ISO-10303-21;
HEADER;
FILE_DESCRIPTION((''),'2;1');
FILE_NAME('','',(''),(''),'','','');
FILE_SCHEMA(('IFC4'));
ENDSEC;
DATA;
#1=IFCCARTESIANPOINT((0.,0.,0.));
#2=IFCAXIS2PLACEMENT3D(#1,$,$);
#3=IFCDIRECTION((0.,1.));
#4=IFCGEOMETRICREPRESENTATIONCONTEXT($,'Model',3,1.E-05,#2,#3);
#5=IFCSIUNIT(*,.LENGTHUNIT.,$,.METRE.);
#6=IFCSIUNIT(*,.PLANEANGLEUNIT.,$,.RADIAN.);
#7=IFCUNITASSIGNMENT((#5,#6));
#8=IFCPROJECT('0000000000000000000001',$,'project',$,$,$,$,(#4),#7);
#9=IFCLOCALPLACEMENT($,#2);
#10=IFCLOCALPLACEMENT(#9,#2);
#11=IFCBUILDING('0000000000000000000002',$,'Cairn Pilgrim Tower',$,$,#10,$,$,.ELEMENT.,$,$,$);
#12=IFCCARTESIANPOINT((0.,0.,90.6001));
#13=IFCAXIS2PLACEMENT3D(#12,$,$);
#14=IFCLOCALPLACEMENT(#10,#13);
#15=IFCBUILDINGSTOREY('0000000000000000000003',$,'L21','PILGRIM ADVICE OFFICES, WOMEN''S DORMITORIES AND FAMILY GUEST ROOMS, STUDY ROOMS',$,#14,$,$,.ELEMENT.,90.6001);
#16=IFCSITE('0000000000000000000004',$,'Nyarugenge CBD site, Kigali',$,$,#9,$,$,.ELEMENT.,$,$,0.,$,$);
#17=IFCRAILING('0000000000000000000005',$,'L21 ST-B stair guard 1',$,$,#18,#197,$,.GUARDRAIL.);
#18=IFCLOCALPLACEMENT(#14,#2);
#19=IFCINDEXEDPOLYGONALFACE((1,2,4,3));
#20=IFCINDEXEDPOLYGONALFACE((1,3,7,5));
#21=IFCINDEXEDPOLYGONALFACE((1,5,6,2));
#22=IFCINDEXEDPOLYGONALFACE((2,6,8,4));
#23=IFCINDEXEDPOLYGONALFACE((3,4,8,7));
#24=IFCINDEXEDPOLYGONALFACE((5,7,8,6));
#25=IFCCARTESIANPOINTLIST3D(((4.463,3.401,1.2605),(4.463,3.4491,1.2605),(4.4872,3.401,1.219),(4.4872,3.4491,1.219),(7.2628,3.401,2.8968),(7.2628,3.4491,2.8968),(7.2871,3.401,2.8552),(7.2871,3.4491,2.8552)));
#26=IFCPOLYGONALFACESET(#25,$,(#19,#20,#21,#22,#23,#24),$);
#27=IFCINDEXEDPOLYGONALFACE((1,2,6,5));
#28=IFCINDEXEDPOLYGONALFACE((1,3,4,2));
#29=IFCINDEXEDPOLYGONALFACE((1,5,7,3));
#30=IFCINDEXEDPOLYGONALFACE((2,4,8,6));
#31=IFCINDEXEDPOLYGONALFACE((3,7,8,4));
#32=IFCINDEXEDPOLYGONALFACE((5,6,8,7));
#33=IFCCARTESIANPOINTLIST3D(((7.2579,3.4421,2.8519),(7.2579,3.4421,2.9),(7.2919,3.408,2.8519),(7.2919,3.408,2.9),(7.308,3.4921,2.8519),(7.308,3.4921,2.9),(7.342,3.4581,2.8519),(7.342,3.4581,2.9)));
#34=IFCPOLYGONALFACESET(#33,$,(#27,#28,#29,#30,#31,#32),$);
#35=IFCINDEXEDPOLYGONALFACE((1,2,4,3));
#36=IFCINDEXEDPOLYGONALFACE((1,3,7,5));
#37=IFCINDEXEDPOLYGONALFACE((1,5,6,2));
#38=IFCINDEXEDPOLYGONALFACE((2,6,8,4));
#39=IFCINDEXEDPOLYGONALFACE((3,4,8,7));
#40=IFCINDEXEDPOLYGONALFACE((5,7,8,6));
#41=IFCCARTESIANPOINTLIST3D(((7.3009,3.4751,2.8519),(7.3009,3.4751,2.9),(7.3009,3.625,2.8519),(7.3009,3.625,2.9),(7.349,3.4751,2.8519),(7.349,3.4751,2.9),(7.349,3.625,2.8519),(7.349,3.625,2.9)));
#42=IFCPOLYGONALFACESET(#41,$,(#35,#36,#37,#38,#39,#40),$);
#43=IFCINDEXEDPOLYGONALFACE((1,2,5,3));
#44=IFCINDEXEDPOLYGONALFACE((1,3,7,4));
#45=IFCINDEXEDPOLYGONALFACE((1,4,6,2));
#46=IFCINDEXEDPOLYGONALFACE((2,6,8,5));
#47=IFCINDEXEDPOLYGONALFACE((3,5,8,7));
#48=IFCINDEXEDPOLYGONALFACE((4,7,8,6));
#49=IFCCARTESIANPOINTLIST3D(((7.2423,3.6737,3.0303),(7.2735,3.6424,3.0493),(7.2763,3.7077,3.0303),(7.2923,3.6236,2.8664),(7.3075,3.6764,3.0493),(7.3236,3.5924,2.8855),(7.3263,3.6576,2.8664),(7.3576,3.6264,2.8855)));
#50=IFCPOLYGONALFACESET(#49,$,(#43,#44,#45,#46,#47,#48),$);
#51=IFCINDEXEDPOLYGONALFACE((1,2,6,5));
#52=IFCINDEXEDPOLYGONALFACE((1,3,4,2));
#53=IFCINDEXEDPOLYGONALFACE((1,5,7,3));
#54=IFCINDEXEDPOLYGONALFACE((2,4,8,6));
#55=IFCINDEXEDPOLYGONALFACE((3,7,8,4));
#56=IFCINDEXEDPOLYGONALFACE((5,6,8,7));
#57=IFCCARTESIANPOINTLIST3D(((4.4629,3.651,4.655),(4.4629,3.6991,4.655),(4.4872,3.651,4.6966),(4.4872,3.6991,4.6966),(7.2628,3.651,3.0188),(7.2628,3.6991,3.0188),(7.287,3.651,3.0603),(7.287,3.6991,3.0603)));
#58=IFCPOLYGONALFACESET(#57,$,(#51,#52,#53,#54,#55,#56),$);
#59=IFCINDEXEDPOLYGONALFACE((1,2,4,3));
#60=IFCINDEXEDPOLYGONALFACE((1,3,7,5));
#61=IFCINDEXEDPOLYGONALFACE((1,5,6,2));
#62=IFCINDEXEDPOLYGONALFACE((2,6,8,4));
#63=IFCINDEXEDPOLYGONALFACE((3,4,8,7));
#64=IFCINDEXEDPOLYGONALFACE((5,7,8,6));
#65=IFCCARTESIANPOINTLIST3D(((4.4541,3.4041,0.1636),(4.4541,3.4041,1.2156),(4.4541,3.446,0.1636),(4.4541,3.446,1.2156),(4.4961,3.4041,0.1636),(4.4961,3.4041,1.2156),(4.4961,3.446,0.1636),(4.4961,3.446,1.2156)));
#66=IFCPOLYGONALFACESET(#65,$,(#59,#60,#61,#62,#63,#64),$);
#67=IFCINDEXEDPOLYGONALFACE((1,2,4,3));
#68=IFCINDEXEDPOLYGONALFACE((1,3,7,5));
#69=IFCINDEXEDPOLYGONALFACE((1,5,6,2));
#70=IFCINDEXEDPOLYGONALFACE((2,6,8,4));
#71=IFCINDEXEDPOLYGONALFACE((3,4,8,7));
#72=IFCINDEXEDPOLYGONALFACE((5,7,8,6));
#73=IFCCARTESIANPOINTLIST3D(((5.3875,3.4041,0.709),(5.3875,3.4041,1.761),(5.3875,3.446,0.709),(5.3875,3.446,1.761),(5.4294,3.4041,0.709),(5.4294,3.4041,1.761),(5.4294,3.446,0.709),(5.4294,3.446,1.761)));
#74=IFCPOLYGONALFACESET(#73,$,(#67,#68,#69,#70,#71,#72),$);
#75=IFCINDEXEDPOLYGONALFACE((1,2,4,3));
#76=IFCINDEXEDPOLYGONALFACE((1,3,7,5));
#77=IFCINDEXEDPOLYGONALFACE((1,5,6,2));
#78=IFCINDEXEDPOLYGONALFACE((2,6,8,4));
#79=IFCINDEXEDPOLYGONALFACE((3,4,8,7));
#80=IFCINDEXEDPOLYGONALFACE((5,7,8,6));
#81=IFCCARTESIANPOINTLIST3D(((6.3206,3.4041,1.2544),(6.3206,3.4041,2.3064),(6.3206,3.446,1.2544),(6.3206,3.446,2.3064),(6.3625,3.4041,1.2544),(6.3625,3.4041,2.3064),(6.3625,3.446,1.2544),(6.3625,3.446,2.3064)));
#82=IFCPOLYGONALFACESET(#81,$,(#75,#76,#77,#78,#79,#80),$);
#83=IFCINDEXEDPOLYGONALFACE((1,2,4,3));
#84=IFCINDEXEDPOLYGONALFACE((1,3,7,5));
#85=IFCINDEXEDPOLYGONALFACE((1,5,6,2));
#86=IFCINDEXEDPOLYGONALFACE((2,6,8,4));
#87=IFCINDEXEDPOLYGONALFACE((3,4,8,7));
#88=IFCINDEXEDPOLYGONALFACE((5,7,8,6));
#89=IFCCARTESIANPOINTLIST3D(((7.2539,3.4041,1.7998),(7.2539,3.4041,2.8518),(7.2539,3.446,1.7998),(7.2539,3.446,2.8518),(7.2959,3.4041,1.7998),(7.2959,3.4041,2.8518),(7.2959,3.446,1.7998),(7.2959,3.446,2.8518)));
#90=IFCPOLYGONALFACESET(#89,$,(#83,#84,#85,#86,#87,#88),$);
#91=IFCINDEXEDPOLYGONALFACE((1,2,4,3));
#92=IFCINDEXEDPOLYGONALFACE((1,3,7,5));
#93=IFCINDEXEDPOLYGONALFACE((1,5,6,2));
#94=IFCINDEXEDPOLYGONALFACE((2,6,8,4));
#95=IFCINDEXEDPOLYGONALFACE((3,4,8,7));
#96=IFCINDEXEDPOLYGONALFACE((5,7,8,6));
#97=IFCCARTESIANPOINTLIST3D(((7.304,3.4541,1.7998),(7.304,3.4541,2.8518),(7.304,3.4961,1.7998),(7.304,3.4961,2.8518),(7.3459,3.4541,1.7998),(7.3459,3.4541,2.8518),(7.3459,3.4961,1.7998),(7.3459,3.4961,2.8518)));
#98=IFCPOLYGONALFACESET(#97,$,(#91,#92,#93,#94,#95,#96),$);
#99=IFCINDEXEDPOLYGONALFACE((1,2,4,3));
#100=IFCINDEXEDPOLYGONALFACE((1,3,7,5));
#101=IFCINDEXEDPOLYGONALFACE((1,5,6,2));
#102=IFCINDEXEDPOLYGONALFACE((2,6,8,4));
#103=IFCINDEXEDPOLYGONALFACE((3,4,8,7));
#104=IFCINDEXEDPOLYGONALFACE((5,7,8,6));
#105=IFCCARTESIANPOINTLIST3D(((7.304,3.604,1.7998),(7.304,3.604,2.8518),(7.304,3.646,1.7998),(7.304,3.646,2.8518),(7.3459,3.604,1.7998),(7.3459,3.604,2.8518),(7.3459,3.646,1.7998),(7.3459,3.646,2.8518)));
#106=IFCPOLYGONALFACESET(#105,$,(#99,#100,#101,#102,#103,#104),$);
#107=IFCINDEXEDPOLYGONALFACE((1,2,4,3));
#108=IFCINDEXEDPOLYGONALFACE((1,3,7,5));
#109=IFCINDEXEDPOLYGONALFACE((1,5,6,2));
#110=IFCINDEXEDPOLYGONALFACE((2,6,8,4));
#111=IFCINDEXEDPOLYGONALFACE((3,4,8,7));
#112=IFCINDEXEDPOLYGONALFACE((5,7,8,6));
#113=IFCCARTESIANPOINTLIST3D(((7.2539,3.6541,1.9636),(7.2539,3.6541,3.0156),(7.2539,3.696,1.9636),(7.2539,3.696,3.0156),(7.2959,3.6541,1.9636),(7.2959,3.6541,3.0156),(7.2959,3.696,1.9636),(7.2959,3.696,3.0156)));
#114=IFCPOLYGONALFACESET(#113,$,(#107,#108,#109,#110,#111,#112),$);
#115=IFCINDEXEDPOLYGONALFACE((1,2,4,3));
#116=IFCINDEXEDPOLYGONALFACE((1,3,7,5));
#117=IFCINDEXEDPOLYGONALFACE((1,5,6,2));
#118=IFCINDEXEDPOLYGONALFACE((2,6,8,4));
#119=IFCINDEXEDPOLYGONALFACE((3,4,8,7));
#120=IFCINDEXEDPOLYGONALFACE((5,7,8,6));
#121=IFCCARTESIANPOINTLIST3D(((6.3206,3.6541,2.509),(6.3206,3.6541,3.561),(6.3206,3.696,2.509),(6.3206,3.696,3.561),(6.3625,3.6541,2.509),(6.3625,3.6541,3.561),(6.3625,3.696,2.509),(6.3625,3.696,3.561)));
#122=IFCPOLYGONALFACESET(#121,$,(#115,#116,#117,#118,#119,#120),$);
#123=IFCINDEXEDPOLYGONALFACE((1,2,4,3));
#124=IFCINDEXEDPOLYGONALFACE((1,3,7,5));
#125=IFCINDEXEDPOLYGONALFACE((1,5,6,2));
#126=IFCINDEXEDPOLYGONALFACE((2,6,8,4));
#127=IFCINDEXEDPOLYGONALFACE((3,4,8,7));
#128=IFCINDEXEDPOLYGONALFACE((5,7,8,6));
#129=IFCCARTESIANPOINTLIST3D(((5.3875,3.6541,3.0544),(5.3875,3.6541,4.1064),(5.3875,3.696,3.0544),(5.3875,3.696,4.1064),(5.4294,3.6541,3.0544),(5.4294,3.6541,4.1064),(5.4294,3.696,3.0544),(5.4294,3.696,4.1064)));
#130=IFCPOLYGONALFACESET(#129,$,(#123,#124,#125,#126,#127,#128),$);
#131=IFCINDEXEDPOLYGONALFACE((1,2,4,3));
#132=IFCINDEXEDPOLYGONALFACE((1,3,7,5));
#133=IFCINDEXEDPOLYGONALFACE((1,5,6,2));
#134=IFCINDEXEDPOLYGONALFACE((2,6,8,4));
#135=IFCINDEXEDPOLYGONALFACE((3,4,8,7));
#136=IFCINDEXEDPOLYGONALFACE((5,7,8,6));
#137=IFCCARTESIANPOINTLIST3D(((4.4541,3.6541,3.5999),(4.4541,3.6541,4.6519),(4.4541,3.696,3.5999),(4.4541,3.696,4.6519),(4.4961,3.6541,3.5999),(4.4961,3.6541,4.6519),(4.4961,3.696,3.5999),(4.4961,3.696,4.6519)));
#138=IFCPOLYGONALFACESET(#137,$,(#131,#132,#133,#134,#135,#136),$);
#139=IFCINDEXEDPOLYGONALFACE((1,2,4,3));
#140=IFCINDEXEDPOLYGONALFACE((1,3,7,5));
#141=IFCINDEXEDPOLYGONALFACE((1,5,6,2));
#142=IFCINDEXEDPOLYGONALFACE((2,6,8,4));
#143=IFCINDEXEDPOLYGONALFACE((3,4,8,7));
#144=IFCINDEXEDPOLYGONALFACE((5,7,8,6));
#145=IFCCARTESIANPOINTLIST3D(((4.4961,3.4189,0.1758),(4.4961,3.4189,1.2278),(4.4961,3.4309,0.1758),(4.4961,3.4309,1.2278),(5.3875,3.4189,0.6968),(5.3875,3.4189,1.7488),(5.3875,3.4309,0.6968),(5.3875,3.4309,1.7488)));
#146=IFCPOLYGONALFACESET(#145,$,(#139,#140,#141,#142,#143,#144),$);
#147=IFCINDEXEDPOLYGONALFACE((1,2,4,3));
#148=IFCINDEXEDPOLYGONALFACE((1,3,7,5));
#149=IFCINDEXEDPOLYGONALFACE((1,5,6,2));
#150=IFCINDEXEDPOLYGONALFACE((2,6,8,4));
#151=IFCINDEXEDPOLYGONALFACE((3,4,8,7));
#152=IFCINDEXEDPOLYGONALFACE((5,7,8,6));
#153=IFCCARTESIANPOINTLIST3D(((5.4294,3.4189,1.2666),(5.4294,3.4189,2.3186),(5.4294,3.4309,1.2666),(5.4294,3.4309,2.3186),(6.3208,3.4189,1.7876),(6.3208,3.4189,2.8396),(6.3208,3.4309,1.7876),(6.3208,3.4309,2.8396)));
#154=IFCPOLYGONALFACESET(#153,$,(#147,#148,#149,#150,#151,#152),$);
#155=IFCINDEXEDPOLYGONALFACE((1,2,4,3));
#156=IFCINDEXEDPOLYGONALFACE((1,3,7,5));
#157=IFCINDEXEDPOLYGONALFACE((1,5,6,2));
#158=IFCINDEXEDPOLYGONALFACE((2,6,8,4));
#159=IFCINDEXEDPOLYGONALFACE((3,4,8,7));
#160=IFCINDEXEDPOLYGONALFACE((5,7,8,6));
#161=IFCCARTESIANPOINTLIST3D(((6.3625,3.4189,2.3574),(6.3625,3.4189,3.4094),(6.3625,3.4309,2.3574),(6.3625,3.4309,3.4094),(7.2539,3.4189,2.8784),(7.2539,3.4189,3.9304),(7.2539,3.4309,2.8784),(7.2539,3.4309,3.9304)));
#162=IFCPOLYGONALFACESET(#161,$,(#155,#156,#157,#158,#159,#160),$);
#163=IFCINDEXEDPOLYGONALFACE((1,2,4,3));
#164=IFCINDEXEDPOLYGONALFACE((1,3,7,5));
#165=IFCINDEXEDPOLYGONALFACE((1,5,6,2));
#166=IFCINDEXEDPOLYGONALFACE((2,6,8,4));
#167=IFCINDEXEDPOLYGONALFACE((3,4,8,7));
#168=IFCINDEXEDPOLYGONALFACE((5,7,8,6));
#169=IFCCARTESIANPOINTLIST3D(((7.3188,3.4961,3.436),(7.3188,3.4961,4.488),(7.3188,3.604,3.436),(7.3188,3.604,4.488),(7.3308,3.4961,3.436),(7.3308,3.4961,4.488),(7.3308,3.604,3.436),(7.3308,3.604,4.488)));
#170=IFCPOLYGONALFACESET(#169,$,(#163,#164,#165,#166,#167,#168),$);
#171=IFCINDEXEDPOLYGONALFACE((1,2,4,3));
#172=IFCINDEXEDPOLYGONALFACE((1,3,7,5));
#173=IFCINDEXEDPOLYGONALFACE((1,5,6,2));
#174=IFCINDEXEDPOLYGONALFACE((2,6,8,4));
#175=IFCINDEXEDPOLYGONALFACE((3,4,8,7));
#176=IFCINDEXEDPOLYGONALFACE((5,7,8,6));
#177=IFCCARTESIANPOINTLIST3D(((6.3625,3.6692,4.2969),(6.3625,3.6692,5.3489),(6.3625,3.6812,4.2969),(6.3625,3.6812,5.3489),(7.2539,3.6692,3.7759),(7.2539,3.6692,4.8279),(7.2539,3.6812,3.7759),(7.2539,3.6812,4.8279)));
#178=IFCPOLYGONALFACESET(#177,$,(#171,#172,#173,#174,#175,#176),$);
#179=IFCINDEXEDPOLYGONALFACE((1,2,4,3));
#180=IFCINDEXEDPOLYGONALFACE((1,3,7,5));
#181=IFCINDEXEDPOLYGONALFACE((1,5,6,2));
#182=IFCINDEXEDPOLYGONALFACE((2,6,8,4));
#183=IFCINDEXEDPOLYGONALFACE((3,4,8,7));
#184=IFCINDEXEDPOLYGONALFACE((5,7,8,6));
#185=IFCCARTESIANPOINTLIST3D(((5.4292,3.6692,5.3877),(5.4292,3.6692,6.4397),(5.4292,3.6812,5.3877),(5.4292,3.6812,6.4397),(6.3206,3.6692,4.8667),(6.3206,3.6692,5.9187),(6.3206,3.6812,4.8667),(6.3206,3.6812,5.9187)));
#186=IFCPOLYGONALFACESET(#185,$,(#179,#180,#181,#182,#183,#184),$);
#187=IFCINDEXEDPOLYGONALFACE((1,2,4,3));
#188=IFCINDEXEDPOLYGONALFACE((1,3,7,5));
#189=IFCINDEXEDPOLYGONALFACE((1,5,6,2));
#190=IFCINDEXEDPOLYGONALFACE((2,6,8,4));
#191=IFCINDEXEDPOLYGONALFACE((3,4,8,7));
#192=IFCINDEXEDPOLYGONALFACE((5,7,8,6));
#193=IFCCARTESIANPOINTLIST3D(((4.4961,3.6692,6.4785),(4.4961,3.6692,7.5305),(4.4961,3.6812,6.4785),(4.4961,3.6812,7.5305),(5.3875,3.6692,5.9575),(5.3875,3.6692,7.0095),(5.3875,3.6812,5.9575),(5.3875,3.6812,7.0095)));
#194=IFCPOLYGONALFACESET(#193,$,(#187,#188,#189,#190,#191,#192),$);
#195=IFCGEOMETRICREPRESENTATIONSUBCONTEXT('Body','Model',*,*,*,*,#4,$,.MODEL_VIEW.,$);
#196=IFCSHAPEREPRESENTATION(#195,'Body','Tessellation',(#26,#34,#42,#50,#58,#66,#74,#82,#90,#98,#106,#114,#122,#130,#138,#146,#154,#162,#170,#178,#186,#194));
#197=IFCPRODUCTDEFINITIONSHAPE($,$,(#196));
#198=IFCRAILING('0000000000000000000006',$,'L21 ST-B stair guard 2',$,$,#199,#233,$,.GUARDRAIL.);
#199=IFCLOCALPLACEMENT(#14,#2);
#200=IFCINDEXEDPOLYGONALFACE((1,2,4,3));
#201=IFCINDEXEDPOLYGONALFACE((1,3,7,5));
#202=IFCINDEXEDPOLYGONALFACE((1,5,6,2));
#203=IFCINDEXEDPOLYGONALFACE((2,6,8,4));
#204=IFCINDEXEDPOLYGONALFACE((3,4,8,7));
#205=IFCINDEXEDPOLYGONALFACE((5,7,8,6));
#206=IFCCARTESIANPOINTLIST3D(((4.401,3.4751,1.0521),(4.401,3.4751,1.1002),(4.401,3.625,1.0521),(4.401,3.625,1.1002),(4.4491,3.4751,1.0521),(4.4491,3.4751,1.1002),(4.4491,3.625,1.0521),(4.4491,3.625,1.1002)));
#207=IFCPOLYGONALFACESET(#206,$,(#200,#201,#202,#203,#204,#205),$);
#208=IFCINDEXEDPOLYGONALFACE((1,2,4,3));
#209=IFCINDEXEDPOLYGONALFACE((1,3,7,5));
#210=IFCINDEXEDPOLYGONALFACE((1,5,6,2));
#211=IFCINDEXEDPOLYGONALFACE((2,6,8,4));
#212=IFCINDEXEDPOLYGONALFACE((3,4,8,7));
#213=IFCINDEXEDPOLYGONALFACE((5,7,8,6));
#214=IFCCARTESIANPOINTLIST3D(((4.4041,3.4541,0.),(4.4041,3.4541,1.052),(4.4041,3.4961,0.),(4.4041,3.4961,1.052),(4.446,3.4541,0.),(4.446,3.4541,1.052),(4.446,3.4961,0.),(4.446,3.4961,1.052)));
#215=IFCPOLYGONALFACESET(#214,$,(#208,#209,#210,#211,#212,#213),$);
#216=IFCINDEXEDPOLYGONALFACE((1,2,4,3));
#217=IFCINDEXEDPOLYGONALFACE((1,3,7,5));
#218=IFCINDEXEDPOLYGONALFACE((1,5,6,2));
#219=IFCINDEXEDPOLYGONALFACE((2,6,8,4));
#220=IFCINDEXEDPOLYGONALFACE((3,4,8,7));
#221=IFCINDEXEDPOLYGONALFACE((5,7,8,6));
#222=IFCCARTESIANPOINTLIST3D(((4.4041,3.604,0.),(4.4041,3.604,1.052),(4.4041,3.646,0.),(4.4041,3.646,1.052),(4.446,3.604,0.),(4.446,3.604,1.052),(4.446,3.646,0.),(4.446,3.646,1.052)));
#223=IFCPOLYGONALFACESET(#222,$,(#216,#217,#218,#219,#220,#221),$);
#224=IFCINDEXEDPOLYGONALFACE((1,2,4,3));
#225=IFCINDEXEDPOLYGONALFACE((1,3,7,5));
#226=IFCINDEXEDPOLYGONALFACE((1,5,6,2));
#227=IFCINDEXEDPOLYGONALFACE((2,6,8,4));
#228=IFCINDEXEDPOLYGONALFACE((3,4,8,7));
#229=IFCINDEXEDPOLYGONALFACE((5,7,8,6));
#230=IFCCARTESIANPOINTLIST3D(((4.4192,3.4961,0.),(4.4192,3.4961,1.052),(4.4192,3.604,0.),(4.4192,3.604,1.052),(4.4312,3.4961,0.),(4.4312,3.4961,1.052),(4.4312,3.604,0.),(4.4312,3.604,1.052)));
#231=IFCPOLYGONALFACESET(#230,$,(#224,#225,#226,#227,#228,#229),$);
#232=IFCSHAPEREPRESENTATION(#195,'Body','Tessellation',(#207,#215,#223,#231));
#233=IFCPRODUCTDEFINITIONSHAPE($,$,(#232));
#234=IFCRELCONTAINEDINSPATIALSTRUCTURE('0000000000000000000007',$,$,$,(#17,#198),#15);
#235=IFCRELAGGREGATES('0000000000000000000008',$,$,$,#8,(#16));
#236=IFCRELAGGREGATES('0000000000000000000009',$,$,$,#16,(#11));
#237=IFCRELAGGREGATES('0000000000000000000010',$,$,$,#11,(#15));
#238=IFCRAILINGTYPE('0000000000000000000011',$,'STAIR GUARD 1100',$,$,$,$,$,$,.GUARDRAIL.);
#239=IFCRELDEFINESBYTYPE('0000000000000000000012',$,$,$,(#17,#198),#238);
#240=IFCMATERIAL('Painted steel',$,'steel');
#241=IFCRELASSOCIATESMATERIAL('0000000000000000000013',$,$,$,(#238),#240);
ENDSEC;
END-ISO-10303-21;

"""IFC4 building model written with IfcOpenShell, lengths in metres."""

from ifc_helpers import new_model, si_unit, direction, frame, origin, origin_2d, place, context, subcontext, project, spatial, polyline, rectangle, outline, extrude, material, type_object, element, save


model = new_model("IFC4")

# Units and contexts
model_context = context("Model", 3, precision=1e-05, world=origin(), true_north=direction((0.0, 1.0)))
body_context = subcontext(model_context, "Body", "Model", "MODEL_VIEW")
ifc_project = project(units=[si_unit("LENGTHUNIT", "METRE"), si_unit("PLANEANGLEUNIT", "RADIAN")], contexts=[model_context])

# Site, building, storey
site_placement = place(None, origin())
site = spatial("IfcSite", under=ifc_project, at=site_placement, Name="Nyarugenge CBD site, Kigali", CompositionType="ELEMENT", RefElevation=0.0)
building_placement = place(site_placement, origin())
building = spatial("IfcBuilding", under=site, at=building_placement, Name="Cairn Pilgrim Tower", CompositionType="ELEMENT")
storey_placement = place(building_placement, frame((0.0, 0.0, 90.6001)))
storey = spatial("IfcBuildingStorey", under=building, at=storey_placement, Name="L21", Description="PILGRIM ADVICE OFFICES, WOMEN'S DORMITORIES AND FAMILY GUEST ROOMS, STUDY ROOMS", CompositionType="ELEMENT", Elevation=90.6001)

# Shared definitions
ifc_material_1 = material(Name="Painted steel", Category="steel")

# Railings
railing_type_1 = type_object("IfcRailingType", Name="STAIR GUARD 1100", PredefinedType="GUARDRAIL", material=ifc_material_1)
railing_1_placement = place(storey_placement, frame((4.4751, 3.425, 0.1636)))
element("IfcRailing", 1, at=railing_1_placement, inside=storey, type_object=railing_type_1, Name="L21 ST-B stair guard 1", PredefinedType="GUARDRAIL", context=body_context, shape_type="SweptSolid", body=[
    extrude(rectangle(XDim=0.0481, YDim=0.0481, at=origin_2d()), frame((0.0, 0.0, 1.0762), z_axis=(0.863374, 0.0, 0.504564), x_axis=(0.0, 1.0, 0.0)), (0.0, 0.0, 1.0), 3.2429),
    extrude(rectangle(XDim=0.0481, YDim=0.0481, at=origin_2d()), frame((2.7998, 0.0, 2.7124), z_axis=(0.707107, 0.707107, 0.0), x_axis=(-0.707107, 0.707107, 0.0)), (0.0, 0.0, 1.0), 0.0708),
    extrude(rectangle(XDim=0.0481, YDim=0.0481, at=origin_2d()), frame((2.8499, 0.05, 2.7124), z_axis=(0.0, 1.0, 0.0), x_axis=(-1.0, 0.0, 0.0)), (0.0, 0.0, 1.0), 0.1499),
    extrude(rectangle(XDim=0.0481, YDim=0.0481, at=origin_2d()), frame((2.8499, 0.2, 2.7124), z_axis=(-0.280456, 0.280456, 0.917981), x_axis=(-0.707107, -0.707107, 0.0)), (0.0, 0.0, 1.0), 0.1785),
    extrude(rectangle(XDim=0.0481, YDim=0.0481, at=origin_2d()), frame((2.7998, 0.25, 2.876), z_axis=(-0.863374, 0.0, 0.504564), x_axis=(0.0, -1.0, 0.0)), (0.0, 0.0, 1.0), 3.2429),
    extrude(rectangle(XDim=0.042, YDim=0.042, at=origin_2d()), origin(), (0.0, 0.0, 1.0), 1.052),
    extrude(rectangle(XDim=0.042, YDim=0.042, at=origin_2d()), frame((0.9333, 0.0, 0.5454)), (0.0, 0.0, 1.0), 1.052),
    extrude(rectangle(XDim=0.042, YDim=0.042, at=origin_2d()), frame((1.8665, 0.0, 1.0908)), (0.0, 0.0, 1.0), 1.052),
    extrude(rectangle(XDim=0.042, YDim=0.042, at=origin_2d()), frame((2.7998, 0.0, 1.6362)), (0.0, 0.0, 1.0), 1.052),
    extrude(rectangle(XDim=0.042, YDim=0.042, at=origin_2d()), frame((2.8499, 0.05, 1.6362)), (0.0, 0.0, 1.0), 1.052),
    extrude(rectangle(XDim=0.042, YDim=0.042, at=origin_2d()), frame((2.8499, 0.2, 1.6362)), (0.0, 0.0, 1.0), 1.052),
    extrude(rectangle(XDim=0.042, YDim=0.042, at=origin_2d()), frame((2.7998, 0.25, 1.8)), (0.0, 0.0, 1.0), 1.052),
    extrude(rectangle(XDim=0.042, YDim=0.042, at=origin_2d()), frame((1.8665, 0.25, 2.3455)), (0.0, 0.0, 1.0), 1.052),
    extrude(rectangle(XDim=0.042, YDim=0.042, at=origin_2d()), frame((0.9333, 0.25, 2.8909)), (0.0, 0.0, 1.0), 1.052),
    extrude(rectangle(XDim=0.042, YDim=0.042, at=origin_2d()), frame((0.0, 0.25, 3.4363)), (0.0, 0.0, 1.0), 1.052),
    extrude(outline(polyline([(0.021, 0.0122), (0.9124, 0.5332), (0.9124, 1.5852), (0.021, 1.0642), (0.021, 0.0122)])), frame((0.0, 0.0059, 0.0), z_axis=(0.0, -1.0, 0.0), x_axis=(1.0, 0.0, 0.0)), (0.0, 0.0, 1.0), 0.012),
    extrude(outline(polyline([(0.021, 0.5576), (0.9124, 1.0786), (0.9124, 2.1306), (0.021, 1.6096), (0.021, 0.5576)])), frame((0.9333, 0.0059, 0.5454), z_axis=(0.0, -1.0, 0.0), x_axis=(1.0, 0.0, 0.0)), (0.0, 0.0, 1.0), 0.012),
    extrude(outline(polyline([(0.021, 1.103), (0.9124, 1.624), (0.9124, 2.676), (0.021, 2.155), (0.021, 1.103)])), frame((1.8665, 0.0059, 1.0908), z_axis=(0.0, -1.0, 0.0), x_axis=(1.0, 0.0, 0.0)), (0.0, 0.0, 1.0), 0.012),
    extrude(outline(polyline([(0.021, 1.6362), (0.1289, 1.6362), (0.1289, 2.6882), (0.021, 2.6882), (0.021, 1.6362)])), frame((2.8438, 0.05, 1.6362), z_axis=(1.0, 0.0, 0.0), x_axis=(0.0, 1.0, 0.0)), (0.0, 0.0, 1.0), 0.012),
    extrude(outline(polyline([(0.021, 1.8123), (0.9124, 2.3333), (0.9124, 3.3853), (0.021, 2.8643), (0.021, 1.8123)])), frame((2.7998, 0.2441, 1.8), z_axis=(0.0, 1.0, 0.0), x_axis=(-1.0, 0.0, 0.0)), (0.0, 0.0, 1.0), 0.012),
    extrude(outline(polyline([(0.021, 2.3577), (0.9124, 2.8787), (0.9124, 3.9307), (0.021, 3.4097), (0.021, 2.3577)])), frame((1.8665, 0.2441, 2.3455), z_axis=(0.0, 1.0, 0.0), x_axis=(-1.0, 0.0, 0.0)), (0.0, 0.0, 1.0), 0.012),
    extrude(outline(polyline([(0.021, 2.9031), (0.9124, 3.4241), (0.9124, 4.4761), (0.021, 3.9551), (0.021, 2.9031)])), frame((0.9333, 0.2441, 2.8909), z_axis=(0.0, 1.0, 0.0), x_axis=(-1.0, 0.0, 0.0)), (0.0, 0.0, 1.0), 0.012),
])
railing_2_placement = place(storey_placement, frame((4.425, 3.4751, 0.0)))
element("IfcRailing", 2, at=railing_2_placement, inside=storey, type_object=railing_type_1, Name="L21 ST-B stair guard 2", PredefinedType="GUARDRAIL", context=body_context, shape_type="SweptSolid", body=[
    extrude(rectangle(XDim=0.0481, YDim=0.0481, at=origin_2d()), frame((0.0, 0.0, 1.0762), z_axis=(0.0, 1.0, 0.0), x_axis=(-1.0, 0.0, 0.0)), (0.0, 0.0, 1.0), 0.1499),
    extrude(rectangle(XDim=0.042, YDim=0.042, at=origin_2d()), origin(), (0.0, 0.0, 1.0), 1.052),
    extrude(rectangle(XDim=0.042, YDim=0.042, at=origin_2d()), frame((0.0, 0.1499, 0.0)), (0.0, 0.0, 1.0), 1.052),
    extrude(outline(polyline([(0.021, 0.0), (0.1289, 0.0), (0.1289, 1.052), (0.021, 1.052), (0.021, 0.0)])), frame((-0.0059, 0.0, 0.0), z_axis=(1.0, 0.0, 0.0), x_axis=(0.0, 1.0, 0.0)), (0.0, 0.0, 1.0), 0.012),
])

save(model, "model.ifc")
